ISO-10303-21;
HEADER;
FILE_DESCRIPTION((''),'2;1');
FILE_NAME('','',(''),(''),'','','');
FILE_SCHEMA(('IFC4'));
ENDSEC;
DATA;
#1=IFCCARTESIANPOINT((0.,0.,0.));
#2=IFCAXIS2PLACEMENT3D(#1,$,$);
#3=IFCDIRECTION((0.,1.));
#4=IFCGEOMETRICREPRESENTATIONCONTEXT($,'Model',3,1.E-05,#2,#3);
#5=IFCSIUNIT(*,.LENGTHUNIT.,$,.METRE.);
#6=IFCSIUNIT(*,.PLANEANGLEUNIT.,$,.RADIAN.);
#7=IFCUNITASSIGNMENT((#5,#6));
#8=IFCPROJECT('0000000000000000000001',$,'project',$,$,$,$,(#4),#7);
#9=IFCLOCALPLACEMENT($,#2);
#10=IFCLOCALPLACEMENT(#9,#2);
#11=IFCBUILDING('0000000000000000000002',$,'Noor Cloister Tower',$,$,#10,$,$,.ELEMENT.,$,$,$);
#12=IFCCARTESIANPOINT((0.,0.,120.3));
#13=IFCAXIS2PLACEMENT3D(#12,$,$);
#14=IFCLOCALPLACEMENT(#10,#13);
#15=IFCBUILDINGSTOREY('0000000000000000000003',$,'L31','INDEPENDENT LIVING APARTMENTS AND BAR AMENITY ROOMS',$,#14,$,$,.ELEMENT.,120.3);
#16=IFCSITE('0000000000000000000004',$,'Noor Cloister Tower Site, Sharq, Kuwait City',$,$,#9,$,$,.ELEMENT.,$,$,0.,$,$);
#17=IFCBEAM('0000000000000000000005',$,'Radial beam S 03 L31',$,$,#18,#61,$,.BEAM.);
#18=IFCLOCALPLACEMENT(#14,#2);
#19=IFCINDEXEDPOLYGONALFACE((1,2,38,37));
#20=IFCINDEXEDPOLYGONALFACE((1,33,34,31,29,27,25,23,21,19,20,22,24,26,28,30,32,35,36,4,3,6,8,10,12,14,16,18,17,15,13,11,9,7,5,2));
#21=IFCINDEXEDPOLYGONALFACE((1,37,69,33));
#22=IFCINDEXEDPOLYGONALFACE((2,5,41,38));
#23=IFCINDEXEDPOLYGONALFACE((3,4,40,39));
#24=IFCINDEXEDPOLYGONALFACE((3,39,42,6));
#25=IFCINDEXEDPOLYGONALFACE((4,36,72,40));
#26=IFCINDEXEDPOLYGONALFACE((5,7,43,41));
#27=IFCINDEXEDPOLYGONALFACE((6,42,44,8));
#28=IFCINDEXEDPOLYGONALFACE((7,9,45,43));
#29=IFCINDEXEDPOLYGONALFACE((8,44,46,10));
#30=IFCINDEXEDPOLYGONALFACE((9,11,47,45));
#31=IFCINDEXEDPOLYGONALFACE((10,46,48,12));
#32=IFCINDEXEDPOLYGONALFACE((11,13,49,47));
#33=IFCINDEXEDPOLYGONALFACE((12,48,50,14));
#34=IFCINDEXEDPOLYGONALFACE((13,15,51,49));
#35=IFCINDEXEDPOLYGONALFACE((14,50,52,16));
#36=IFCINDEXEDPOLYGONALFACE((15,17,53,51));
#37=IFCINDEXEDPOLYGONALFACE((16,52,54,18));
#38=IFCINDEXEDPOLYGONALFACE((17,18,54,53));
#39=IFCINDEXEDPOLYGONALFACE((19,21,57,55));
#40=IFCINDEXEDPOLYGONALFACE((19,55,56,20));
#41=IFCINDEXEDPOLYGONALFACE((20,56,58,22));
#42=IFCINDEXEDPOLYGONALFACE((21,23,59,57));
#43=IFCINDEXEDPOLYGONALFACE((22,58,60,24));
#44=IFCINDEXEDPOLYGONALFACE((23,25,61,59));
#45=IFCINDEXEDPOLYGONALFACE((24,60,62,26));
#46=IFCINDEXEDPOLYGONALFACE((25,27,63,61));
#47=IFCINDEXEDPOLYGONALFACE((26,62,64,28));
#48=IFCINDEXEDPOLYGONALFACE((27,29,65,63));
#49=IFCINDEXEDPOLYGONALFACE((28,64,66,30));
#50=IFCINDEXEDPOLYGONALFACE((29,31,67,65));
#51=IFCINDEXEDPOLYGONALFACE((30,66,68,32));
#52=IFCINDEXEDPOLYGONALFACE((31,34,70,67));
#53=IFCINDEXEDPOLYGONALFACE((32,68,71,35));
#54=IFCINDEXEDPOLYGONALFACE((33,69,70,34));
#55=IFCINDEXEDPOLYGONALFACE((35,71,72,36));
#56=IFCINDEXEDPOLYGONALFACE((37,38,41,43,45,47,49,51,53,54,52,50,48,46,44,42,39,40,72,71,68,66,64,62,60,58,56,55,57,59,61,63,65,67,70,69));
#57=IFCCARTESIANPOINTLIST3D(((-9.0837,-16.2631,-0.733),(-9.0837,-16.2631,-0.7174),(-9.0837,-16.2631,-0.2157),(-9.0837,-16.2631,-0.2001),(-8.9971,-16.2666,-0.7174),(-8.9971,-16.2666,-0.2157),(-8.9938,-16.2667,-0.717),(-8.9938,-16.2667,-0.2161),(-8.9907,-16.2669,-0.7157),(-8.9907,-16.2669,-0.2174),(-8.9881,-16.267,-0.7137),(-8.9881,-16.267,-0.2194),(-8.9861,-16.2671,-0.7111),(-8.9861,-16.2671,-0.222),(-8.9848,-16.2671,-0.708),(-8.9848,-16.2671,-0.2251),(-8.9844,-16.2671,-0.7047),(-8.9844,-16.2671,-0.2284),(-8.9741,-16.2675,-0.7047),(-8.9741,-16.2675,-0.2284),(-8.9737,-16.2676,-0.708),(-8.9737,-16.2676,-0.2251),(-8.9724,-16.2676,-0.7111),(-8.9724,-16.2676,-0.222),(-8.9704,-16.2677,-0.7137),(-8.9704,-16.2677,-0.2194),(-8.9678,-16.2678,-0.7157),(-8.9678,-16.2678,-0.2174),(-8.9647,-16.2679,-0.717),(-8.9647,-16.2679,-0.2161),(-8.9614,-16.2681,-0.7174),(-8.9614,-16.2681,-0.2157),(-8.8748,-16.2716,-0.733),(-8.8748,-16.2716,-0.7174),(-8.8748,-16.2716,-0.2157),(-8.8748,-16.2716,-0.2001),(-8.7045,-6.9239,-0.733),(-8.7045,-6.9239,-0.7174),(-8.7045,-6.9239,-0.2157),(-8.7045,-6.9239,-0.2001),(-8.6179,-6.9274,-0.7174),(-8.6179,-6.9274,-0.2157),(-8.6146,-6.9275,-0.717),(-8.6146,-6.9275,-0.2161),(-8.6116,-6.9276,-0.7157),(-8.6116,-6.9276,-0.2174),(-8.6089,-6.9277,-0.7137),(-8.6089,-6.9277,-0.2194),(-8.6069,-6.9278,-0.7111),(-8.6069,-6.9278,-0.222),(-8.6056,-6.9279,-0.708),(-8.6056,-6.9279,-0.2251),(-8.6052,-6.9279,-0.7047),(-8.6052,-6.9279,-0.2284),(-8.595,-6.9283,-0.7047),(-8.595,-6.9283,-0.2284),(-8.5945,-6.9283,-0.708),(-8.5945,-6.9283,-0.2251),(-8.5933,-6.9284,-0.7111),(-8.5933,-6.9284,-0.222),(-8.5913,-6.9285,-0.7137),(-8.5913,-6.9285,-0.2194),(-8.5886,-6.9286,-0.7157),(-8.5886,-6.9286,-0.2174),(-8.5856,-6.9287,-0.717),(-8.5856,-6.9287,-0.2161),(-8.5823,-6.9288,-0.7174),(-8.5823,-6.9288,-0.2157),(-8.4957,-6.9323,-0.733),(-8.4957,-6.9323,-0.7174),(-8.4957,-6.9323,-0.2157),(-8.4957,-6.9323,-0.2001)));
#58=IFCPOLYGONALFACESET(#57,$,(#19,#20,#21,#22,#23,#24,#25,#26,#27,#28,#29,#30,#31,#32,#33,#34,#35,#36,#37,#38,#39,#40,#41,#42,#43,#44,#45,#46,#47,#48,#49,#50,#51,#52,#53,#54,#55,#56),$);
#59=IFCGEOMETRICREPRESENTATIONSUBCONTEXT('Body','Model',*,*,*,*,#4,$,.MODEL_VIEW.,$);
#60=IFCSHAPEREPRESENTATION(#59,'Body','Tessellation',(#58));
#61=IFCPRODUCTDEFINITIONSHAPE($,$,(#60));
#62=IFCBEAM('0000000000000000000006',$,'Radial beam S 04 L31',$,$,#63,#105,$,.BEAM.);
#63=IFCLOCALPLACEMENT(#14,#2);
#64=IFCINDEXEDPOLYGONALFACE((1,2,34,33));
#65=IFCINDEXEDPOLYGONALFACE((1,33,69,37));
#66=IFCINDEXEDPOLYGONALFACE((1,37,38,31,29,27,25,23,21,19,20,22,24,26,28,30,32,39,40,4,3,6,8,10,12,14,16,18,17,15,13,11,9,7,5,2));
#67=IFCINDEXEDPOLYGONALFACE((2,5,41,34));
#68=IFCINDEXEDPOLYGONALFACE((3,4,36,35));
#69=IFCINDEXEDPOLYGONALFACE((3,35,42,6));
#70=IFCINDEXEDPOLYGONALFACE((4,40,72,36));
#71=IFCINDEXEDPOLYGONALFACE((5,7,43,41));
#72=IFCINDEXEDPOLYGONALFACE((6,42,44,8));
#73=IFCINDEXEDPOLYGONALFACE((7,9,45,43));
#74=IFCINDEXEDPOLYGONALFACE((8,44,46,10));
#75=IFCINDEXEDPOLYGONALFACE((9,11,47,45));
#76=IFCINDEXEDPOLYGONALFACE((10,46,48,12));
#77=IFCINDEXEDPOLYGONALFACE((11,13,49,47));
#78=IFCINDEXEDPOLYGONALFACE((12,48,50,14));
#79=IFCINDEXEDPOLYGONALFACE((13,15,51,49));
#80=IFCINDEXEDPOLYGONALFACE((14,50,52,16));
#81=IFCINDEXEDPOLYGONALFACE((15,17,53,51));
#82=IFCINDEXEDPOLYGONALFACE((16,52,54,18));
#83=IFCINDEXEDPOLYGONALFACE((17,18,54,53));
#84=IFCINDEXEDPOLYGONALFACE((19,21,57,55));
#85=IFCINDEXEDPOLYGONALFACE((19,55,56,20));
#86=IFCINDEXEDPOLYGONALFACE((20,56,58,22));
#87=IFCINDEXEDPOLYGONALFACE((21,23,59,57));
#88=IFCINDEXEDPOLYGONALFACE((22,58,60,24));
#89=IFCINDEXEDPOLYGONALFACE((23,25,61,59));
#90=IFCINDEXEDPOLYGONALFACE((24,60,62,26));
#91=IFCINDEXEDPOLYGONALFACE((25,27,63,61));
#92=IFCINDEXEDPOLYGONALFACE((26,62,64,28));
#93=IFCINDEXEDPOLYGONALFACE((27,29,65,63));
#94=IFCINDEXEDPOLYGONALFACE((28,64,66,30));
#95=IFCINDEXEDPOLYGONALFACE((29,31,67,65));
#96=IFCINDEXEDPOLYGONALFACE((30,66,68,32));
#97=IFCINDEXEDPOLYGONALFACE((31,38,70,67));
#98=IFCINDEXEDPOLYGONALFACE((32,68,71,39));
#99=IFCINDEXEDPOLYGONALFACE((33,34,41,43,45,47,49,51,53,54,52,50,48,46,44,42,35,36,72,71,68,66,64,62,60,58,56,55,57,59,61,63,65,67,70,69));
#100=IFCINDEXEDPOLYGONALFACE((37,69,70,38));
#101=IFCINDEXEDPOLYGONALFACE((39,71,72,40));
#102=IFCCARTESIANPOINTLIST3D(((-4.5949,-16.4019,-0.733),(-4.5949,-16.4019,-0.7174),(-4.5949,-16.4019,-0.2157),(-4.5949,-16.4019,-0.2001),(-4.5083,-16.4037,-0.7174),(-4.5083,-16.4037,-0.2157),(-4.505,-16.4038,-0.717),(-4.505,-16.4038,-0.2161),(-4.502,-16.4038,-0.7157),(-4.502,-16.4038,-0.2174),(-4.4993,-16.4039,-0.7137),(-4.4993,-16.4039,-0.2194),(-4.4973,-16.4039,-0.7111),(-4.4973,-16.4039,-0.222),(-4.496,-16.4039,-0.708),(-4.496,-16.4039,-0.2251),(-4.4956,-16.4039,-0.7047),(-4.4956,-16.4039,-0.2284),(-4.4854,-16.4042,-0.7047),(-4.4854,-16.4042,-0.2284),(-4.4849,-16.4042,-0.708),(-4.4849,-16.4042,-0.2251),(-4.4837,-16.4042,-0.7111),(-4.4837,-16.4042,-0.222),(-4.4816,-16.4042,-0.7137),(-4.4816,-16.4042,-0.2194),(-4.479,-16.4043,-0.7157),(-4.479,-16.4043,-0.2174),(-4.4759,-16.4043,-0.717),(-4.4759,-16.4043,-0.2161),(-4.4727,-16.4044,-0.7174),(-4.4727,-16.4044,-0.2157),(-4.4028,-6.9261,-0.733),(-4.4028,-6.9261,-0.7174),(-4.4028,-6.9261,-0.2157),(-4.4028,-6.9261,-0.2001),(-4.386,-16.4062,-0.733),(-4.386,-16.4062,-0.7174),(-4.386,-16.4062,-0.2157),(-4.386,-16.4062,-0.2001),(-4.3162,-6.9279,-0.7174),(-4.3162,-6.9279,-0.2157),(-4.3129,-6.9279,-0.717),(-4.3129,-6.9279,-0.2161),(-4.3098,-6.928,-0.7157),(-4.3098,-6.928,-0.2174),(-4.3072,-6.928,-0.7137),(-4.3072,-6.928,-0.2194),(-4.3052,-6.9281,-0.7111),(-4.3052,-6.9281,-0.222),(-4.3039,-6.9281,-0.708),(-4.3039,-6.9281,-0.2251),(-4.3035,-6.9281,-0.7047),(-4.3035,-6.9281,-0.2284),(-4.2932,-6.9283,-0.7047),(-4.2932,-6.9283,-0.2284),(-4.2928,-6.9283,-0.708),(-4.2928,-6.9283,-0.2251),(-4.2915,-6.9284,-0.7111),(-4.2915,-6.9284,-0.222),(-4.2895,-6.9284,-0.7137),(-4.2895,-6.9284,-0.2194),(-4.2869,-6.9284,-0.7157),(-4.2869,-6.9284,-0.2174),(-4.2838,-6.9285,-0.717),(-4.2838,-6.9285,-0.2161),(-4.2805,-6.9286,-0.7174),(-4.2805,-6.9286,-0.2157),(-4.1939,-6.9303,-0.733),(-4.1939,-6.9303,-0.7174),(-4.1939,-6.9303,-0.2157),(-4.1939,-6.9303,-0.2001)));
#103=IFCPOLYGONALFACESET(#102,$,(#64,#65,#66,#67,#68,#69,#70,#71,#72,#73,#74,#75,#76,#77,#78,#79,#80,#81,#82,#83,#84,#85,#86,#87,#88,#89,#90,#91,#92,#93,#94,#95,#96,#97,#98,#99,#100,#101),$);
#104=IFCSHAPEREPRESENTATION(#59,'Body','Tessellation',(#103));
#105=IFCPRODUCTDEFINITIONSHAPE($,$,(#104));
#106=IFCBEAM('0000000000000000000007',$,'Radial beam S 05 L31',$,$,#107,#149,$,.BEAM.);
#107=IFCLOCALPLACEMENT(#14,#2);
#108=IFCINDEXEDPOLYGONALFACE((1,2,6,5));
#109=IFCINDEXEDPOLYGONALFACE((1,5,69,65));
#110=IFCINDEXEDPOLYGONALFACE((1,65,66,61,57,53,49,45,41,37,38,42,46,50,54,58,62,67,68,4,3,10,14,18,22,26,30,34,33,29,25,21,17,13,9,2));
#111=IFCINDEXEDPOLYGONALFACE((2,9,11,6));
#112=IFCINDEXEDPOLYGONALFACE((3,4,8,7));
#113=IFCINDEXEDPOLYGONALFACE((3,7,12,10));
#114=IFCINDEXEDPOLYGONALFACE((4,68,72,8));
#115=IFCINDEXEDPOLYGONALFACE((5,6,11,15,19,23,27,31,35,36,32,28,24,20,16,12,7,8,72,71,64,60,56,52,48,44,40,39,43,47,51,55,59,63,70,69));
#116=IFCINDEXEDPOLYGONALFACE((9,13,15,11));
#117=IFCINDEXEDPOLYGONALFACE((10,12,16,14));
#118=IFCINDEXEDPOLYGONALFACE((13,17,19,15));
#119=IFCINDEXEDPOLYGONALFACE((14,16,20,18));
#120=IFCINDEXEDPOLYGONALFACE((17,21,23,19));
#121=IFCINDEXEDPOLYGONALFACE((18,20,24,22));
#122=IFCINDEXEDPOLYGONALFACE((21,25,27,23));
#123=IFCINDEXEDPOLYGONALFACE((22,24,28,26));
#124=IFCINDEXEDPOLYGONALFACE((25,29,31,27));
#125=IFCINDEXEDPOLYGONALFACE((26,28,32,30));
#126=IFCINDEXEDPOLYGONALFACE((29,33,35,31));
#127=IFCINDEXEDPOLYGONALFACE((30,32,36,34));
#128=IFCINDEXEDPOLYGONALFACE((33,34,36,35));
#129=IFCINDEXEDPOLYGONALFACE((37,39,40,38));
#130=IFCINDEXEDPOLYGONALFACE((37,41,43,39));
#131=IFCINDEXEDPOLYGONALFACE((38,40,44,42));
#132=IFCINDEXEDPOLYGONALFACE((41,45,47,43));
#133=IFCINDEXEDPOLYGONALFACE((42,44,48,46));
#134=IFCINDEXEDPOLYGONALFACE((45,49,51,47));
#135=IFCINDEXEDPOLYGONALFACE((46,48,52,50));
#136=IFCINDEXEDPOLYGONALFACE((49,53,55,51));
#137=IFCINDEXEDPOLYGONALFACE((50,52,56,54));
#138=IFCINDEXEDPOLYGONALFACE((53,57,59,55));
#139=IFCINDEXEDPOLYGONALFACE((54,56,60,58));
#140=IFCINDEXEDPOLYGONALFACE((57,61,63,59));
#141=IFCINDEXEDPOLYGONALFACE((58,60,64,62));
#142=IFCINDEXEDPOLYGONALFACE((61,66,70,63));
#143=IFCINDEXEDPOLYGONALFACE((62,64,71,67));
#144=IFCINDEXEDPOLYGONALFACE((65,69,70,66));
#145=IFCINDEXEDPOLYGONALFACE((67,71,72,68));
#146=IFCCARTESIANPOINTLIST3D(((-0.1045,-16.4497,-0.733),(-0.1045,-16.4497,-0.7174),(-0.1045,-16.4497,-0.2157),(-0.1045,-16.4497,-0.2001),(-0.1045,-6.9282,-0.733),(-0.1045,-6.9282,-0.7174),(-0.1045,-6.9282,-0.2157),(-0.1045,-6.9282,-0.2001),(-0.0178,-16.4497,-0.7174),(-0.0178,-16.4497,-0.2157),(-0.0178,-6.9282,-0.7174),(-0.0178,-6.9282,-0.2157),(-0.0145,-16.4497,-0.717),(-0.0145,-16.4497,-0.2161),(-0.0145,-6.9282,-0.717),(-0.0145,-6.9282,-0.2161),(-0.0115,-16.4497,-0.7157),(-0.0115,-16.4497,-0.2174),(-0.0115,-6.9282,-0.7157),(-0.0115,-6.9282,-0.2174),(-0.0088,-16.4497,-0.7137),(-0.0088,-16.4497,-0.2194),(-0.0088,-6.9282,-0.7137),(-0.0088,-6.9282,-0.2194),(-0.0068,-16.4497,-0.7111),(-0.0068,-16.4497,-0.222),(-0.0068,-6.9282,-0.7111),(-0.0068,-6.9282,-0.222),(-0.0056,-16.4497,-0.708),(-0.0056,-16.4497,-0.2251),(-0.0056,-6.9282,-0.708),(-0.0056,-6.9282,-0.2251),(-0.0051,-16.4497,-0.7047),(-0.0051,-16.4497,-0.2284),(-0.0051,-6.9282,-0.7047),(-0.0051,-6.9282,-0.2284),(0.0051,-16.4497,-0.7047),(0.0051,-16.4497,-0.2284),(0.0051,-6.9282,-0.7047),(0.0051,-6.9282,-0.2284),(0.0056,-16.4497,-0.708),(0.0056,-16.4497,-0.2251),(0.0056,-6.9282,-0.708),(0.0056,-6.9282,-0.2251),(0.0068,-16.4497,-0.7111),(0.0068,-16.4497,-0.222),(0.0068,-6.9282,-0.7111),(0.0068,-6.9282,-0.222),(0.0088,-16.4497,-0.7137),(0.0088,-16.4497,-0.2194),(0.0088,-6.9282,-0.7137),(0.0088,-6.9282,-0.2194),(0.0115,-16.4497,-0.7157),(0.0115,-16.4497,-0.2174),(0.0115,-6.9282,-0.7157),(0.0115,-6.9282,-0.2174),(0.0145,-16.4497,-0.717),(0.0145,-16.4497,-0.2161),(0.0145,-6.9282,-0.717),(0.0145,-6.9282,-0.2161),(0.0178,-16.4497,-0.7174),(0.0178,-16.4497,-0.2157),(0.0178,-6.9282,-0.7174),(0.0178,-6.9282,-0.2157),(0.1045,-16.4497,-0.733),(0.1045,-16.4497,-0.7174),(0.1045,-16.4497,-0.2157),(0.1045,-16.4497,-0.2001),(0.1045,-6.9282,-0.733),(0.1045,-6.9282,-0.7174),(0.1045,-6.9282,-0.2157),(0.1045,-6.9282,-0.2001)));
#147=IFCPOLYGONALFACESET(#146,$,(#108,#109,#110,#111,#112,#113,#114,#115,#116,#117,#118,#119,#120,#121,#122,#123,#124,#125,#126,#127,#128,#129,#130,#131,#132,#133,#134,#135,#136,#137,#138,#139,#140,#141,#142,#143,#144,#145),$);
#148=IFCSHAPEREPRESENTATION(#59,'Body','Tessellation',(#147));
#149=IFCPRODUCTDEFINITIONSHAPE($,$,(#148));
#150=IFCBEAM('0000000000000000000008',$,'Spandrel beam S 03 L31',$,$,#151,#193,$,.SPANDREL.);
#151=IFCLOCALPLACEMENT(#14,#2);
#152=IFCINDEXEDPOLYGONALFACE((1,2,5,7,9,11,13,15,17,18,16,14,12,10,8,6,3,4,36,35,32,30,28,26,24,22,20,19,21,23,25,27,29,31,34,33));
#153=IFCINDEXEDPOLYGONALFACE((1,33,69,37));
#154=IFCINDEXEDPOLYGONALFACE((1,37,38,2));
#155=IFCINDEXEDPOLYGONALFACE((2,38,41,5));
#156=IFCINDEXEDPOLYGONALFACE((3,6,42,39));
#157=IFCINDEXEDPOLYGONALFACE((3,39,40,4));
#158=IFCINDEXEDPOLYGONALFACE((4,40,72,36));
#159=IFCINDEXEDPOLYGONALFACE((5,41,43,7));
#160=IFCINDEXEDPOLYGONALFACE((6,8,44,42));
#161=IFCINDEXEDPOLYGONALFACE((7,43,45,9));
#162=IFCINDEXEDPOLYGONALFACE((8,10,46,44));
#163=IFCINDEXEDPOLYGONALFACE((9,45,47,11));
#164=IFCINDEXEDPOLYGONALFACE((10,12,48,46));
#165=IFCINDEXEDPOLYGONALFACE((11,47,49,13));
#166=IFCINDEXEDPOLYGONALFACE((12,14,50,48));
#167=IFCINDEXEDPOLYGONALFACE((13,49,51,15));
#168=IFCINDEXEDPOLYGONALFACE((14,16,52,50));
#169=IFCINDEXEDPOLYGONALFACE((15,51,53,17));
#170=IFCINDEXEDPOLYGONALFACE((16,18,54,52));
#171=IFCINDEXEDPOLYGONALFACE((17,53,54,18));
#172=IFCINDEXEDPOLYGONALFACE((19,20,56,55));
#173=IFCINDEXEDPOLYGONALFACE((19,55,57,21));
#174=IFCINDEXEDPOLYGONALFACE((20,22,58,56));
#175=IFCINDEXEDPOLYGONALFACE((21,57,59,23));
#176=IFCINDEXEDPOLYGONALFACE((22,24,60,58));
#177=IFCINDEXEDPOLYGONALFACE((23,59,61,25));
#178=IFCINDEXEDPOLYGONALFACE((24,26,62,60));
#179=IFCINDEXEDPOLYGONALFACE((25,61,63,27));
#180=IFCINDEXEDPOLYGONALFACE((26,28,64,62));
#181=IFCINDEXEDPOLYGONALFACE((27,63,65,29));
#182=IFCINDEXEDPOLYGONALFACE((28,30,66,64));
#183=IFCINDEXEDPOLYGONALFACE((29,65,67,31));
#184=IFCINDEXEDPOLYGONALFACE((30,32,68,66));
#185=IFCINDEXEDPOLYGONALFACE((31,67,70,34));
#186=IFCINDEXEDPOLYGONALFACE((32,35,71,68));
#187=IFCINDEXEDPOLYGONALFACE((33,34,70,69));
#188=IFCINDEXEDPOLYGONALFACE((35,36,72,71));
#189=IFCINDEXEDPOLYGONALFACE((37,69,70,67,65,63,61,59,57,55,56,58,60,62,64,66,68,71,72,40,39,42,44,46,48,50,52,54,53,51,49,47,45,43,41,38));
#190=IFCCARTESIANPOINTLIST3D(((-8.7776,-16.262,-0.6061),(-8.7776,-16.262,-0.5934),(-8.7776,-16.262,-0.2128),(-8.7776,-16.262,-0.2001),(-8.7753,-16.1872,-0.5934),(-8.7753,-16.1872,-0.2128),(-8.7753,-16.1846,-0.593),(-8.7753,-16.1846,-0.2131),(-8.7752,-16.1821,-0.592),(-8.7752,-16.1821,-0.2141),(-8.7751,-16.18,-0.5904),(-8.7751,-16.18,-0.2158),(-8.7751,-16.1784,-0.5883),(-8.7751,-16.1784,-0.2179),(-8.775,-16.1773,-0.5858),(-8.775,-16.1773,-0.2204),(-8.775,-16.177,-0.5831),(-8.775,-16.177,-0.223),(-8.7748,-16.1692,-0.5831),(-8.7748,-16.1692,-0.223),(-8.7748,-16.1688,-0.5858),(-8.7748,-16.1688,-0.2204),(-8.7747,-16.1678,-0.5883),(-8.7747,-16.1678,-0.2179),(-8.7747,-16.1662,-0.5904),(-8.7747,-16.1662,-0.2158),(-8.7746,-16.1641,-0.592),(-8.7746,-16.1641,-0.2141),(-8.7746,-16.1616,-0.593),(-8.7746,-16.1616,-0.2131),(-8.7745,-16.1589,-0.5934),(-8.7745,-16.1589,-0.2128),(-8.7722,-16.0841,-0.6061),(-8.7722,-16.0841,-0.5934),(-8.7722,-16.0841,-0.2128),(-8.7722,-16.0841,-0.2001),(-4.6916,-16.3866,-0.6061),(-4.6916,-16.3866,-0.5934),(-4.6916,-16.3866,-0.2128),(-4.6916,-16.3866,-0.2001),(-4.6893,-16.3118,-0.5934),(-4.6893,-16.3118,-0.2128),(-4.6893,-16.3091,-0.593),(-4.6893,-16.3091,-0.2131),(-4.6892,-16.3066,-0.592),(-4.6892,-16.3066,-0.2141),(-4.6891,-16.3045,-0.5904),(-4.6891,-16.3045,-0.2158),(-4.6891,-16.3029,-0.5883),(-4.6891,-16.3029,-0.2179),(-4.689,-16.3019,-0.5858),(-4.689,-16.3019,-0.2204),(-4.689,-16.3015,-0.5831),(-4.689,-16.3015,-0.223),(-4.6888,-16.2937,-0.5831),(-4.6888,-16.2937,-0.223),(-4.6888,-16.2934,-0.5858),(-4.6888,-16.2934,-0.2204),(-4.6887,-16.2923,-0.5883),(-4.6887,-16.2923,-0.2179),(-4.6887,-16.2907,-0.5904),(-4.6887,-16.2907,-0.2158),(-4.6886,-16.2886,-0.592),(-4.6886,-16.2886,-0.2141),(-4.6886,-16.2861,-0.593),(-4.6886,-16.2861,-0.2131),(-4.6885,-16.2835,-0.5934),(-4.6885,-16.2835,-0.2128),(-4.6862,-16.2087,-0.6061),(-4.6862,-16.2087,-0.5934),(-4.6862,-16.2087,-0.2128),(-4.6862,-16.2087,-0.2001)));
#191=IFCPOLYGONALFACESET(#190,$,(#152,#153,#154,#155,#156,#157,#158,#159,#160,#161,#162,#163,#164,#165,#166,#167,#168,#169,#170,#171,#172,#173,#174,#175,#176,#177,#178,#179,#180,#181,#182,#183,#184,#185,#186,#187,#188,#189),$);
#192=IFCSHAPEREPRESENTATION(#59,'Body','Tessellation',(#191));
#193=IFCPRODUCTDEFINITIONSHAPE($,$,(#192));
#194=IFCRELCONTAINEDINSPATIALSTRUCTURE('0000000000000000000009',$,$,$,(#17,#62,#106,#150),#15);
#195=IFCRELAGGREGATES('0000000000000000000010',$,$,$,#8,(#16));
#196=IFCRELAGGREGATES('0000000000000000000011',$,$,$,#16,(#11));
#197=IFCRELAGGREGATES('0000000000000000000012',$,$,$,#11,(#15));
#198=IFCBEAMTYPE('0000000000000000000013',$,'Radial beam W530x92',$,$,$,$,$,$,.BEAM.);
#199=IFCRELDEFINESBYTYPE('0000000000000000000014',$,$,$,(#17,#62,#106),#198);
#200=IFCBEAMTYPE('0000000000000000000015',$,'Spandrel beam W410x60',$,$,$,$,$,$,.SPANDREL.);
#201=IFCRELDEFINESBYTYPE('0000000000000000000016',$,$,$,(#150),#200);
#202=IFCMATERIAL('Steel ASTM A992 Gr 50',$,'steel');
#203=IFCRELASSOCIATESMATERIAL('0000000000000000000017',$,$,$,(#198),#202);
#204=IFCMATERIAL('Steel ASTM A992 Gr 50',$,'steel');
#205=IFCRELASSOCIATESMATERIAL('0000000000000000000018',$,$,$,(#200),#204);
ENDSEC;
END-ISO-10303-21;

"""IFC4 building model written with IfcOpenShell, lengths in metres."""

from ifc_helpers import new_model, si_unit, direction, frame, origin, origin_2d, place, context, subcontext, project, spatial, i_section, extrude, material, material_profile, profile_set, type_object, element, save


model = new_model("IFC4")

# Units and contexts
model_context = context("Model", 3, precision=1e-05, world=origin(), true_north=direction((0.0, 1.0)))
body_context = subcontext(model_context, "Body", "Model", "MODEL_VIEW")
ifc_project = project(units=[si_unit("LENGTHUNIT", "METRE"), si_unit("PLANEANGLEUNIT", "RADIAN")], contexts=[model_context])

# Site, building, storey
site_placement = place(None, origin())
site = spatial("IfcSite", under=ifc_project, at=site_placement, Name="Noor Cloister Tower Site, Sharq, Kuwait City", CompositionType="ELEMENT", RefElevation=0.0)
building_placement = place(site_placement, origin())
building = spatial("IfcBuilding", under=site, at=building_placement, Name="Noor Cloister Tower", CompositionType="ELEMENT")
storey_placement = place(building_placement, frame((0.0, 0.0, 120.3)))
storey = spatial("IfcBuildingStorey", under=building, at=storey_placement, Name="L31", Description="INDEPENDENT LIVING APARTMENTS AND BAR AMENITY ROOMS", CompositionType="ELEMENT", Elevation=120.3)

# Beams
ifc_material_1 = material(Name="Steel ASTM A992 Gr 50", Category="steel")
ifc_material_profile_1 = material_profile(ifc_material_1, i_section(OverallWidth=0.209, OverallDepth=0.533, WebThickness=0.0103, FlangeThickness=0.0156, FilletRadius=0.0127, at=origin_2d()), Name="W530x92")
ifc_profile_set_1 = profile_set([ifc_material_profile_1], Name="Steel ASTM A992 Gr 50")
beam_type_1 = type_object("IfcBeamType", Name="Radial beam W530x92", PredefinedType="BEAM", material=ifc_profile_set_1)
beam_1_placement = place(storey_placement, frame((-8.9792, -16.2673, -0.4666), z_axis=(0.040565, 0.999177, 0.0), x_axis=(-0.999177, 0.040565, 0.0)))
element("IfcBeam", 1, at=beam_1_placement, inside=storey, type_object=beam_type_1, Name="Radial beam S 03 L31", PredefinedType="BEAM", context=body_context, shape_type="SweptSolid", body=[
    extrude(i_section(OverallWidth=0.209, OverallDepth=0.533, WebThickness=0.0103, FlangeThickness=0.0156, FilletRadius=0.0127, at=origin_2d()), origin(), (0.0, 0.0, 1.0), 9.3469),
])
beam_2_placement = place(storey_placement, frame((-4.4905, -16.4041, -0.4666), z_axis=(0.020273, 0.999794, 0.0), x_axis=(-0.999794, 0.020273, 0.0)))
element("IfcBeam", 2, at=beam_2_placement, inside=storey, type_object=beam_type_1, Name="Radial beam S 04 L31", PredefinedType="BEAM", context=body_context, shape_type="SweptSolid", body=[
    extrude(i_section(OverallWidth=0.209, OverallDepth=0.533, WebThickness=0.0103, FlangeThickness=0.0156, FilletRadius=0.0127, at=origin_2d()), origin(), (0.0, 0.0, 1.0), 9.4778),
])
beam_3_placement = place(storey_placement, frame((0.0, -16.4497, -0.4666), z_axis=(0.0, 1.0, 0.0), x_axis=(-1.0, 0.0, 0.0)))
element("IfcBeam", 3, at=beam_3_placement, inside=storey, type_object=beam_type_1, Name="Radial beam S 05 L31", PredefinedType="BEAM", context=body_context, shape_type="SweptSolid", body=[
    extrude(i_section(OverallWidth=0.209, OverallDepth=0.533, WebThickness=0.0103, FlangeThickness=0.0156, FilletRadius=0.0127, at=origin_2d()), origin(), (0.0, 0.0, 1.0), 9.5215),
])
ifc_material_2 = material(Name="Steel ASTM A992 Gr 50", Category="steel")
ifc_material_profile_2 = material_profile(ifc_material_2, i_section(OverallWidth=0.178, OverallDepth=0.406, WebThickness=0.0078, FlangeThickness=0.0127, FilletRadius=0.0103, at=origin_2d()), Name="W410x60")
ifc_profile_set_2 = profile_set([ifc_material_profile_2], Name="Steel ASTM A992 Gr 50")
beam_type_2 = type_object("IfcBeamType", Name="Spandrel beam W410x60", PredefinedType="SPANDREL", material=ifc_profile_set_2)
for number, where, z_axis, x_axis, name in (
    (4, (-8.7749, -16.1731, -0.4031), (0.999536, -0.030459, 0.0), (0.030459, 0.999536, 0.0), "Spandrel beam S 03 L31"),
):
    element("IfcBeam", number, at=place(storey_placement, frame(where, z_axis=z_axis, x_axis=x_axis)), inside=storey, type_object=beam_type_2, Name=name, PredefinedType="SPANDREL", context=body_context, shape_type="SweptSolid", body=[
        extrude(i_section(OverallWidth=0.178, OverallDepth=0.406, WebThickness=0.0078, FlangeThickness=0.0127, FilletRadius=0.0103, at=origin_2d()), origin(), (0.0, 0.0, 1.0), 4.0879),
    ])

save(model, "model.ifc")
